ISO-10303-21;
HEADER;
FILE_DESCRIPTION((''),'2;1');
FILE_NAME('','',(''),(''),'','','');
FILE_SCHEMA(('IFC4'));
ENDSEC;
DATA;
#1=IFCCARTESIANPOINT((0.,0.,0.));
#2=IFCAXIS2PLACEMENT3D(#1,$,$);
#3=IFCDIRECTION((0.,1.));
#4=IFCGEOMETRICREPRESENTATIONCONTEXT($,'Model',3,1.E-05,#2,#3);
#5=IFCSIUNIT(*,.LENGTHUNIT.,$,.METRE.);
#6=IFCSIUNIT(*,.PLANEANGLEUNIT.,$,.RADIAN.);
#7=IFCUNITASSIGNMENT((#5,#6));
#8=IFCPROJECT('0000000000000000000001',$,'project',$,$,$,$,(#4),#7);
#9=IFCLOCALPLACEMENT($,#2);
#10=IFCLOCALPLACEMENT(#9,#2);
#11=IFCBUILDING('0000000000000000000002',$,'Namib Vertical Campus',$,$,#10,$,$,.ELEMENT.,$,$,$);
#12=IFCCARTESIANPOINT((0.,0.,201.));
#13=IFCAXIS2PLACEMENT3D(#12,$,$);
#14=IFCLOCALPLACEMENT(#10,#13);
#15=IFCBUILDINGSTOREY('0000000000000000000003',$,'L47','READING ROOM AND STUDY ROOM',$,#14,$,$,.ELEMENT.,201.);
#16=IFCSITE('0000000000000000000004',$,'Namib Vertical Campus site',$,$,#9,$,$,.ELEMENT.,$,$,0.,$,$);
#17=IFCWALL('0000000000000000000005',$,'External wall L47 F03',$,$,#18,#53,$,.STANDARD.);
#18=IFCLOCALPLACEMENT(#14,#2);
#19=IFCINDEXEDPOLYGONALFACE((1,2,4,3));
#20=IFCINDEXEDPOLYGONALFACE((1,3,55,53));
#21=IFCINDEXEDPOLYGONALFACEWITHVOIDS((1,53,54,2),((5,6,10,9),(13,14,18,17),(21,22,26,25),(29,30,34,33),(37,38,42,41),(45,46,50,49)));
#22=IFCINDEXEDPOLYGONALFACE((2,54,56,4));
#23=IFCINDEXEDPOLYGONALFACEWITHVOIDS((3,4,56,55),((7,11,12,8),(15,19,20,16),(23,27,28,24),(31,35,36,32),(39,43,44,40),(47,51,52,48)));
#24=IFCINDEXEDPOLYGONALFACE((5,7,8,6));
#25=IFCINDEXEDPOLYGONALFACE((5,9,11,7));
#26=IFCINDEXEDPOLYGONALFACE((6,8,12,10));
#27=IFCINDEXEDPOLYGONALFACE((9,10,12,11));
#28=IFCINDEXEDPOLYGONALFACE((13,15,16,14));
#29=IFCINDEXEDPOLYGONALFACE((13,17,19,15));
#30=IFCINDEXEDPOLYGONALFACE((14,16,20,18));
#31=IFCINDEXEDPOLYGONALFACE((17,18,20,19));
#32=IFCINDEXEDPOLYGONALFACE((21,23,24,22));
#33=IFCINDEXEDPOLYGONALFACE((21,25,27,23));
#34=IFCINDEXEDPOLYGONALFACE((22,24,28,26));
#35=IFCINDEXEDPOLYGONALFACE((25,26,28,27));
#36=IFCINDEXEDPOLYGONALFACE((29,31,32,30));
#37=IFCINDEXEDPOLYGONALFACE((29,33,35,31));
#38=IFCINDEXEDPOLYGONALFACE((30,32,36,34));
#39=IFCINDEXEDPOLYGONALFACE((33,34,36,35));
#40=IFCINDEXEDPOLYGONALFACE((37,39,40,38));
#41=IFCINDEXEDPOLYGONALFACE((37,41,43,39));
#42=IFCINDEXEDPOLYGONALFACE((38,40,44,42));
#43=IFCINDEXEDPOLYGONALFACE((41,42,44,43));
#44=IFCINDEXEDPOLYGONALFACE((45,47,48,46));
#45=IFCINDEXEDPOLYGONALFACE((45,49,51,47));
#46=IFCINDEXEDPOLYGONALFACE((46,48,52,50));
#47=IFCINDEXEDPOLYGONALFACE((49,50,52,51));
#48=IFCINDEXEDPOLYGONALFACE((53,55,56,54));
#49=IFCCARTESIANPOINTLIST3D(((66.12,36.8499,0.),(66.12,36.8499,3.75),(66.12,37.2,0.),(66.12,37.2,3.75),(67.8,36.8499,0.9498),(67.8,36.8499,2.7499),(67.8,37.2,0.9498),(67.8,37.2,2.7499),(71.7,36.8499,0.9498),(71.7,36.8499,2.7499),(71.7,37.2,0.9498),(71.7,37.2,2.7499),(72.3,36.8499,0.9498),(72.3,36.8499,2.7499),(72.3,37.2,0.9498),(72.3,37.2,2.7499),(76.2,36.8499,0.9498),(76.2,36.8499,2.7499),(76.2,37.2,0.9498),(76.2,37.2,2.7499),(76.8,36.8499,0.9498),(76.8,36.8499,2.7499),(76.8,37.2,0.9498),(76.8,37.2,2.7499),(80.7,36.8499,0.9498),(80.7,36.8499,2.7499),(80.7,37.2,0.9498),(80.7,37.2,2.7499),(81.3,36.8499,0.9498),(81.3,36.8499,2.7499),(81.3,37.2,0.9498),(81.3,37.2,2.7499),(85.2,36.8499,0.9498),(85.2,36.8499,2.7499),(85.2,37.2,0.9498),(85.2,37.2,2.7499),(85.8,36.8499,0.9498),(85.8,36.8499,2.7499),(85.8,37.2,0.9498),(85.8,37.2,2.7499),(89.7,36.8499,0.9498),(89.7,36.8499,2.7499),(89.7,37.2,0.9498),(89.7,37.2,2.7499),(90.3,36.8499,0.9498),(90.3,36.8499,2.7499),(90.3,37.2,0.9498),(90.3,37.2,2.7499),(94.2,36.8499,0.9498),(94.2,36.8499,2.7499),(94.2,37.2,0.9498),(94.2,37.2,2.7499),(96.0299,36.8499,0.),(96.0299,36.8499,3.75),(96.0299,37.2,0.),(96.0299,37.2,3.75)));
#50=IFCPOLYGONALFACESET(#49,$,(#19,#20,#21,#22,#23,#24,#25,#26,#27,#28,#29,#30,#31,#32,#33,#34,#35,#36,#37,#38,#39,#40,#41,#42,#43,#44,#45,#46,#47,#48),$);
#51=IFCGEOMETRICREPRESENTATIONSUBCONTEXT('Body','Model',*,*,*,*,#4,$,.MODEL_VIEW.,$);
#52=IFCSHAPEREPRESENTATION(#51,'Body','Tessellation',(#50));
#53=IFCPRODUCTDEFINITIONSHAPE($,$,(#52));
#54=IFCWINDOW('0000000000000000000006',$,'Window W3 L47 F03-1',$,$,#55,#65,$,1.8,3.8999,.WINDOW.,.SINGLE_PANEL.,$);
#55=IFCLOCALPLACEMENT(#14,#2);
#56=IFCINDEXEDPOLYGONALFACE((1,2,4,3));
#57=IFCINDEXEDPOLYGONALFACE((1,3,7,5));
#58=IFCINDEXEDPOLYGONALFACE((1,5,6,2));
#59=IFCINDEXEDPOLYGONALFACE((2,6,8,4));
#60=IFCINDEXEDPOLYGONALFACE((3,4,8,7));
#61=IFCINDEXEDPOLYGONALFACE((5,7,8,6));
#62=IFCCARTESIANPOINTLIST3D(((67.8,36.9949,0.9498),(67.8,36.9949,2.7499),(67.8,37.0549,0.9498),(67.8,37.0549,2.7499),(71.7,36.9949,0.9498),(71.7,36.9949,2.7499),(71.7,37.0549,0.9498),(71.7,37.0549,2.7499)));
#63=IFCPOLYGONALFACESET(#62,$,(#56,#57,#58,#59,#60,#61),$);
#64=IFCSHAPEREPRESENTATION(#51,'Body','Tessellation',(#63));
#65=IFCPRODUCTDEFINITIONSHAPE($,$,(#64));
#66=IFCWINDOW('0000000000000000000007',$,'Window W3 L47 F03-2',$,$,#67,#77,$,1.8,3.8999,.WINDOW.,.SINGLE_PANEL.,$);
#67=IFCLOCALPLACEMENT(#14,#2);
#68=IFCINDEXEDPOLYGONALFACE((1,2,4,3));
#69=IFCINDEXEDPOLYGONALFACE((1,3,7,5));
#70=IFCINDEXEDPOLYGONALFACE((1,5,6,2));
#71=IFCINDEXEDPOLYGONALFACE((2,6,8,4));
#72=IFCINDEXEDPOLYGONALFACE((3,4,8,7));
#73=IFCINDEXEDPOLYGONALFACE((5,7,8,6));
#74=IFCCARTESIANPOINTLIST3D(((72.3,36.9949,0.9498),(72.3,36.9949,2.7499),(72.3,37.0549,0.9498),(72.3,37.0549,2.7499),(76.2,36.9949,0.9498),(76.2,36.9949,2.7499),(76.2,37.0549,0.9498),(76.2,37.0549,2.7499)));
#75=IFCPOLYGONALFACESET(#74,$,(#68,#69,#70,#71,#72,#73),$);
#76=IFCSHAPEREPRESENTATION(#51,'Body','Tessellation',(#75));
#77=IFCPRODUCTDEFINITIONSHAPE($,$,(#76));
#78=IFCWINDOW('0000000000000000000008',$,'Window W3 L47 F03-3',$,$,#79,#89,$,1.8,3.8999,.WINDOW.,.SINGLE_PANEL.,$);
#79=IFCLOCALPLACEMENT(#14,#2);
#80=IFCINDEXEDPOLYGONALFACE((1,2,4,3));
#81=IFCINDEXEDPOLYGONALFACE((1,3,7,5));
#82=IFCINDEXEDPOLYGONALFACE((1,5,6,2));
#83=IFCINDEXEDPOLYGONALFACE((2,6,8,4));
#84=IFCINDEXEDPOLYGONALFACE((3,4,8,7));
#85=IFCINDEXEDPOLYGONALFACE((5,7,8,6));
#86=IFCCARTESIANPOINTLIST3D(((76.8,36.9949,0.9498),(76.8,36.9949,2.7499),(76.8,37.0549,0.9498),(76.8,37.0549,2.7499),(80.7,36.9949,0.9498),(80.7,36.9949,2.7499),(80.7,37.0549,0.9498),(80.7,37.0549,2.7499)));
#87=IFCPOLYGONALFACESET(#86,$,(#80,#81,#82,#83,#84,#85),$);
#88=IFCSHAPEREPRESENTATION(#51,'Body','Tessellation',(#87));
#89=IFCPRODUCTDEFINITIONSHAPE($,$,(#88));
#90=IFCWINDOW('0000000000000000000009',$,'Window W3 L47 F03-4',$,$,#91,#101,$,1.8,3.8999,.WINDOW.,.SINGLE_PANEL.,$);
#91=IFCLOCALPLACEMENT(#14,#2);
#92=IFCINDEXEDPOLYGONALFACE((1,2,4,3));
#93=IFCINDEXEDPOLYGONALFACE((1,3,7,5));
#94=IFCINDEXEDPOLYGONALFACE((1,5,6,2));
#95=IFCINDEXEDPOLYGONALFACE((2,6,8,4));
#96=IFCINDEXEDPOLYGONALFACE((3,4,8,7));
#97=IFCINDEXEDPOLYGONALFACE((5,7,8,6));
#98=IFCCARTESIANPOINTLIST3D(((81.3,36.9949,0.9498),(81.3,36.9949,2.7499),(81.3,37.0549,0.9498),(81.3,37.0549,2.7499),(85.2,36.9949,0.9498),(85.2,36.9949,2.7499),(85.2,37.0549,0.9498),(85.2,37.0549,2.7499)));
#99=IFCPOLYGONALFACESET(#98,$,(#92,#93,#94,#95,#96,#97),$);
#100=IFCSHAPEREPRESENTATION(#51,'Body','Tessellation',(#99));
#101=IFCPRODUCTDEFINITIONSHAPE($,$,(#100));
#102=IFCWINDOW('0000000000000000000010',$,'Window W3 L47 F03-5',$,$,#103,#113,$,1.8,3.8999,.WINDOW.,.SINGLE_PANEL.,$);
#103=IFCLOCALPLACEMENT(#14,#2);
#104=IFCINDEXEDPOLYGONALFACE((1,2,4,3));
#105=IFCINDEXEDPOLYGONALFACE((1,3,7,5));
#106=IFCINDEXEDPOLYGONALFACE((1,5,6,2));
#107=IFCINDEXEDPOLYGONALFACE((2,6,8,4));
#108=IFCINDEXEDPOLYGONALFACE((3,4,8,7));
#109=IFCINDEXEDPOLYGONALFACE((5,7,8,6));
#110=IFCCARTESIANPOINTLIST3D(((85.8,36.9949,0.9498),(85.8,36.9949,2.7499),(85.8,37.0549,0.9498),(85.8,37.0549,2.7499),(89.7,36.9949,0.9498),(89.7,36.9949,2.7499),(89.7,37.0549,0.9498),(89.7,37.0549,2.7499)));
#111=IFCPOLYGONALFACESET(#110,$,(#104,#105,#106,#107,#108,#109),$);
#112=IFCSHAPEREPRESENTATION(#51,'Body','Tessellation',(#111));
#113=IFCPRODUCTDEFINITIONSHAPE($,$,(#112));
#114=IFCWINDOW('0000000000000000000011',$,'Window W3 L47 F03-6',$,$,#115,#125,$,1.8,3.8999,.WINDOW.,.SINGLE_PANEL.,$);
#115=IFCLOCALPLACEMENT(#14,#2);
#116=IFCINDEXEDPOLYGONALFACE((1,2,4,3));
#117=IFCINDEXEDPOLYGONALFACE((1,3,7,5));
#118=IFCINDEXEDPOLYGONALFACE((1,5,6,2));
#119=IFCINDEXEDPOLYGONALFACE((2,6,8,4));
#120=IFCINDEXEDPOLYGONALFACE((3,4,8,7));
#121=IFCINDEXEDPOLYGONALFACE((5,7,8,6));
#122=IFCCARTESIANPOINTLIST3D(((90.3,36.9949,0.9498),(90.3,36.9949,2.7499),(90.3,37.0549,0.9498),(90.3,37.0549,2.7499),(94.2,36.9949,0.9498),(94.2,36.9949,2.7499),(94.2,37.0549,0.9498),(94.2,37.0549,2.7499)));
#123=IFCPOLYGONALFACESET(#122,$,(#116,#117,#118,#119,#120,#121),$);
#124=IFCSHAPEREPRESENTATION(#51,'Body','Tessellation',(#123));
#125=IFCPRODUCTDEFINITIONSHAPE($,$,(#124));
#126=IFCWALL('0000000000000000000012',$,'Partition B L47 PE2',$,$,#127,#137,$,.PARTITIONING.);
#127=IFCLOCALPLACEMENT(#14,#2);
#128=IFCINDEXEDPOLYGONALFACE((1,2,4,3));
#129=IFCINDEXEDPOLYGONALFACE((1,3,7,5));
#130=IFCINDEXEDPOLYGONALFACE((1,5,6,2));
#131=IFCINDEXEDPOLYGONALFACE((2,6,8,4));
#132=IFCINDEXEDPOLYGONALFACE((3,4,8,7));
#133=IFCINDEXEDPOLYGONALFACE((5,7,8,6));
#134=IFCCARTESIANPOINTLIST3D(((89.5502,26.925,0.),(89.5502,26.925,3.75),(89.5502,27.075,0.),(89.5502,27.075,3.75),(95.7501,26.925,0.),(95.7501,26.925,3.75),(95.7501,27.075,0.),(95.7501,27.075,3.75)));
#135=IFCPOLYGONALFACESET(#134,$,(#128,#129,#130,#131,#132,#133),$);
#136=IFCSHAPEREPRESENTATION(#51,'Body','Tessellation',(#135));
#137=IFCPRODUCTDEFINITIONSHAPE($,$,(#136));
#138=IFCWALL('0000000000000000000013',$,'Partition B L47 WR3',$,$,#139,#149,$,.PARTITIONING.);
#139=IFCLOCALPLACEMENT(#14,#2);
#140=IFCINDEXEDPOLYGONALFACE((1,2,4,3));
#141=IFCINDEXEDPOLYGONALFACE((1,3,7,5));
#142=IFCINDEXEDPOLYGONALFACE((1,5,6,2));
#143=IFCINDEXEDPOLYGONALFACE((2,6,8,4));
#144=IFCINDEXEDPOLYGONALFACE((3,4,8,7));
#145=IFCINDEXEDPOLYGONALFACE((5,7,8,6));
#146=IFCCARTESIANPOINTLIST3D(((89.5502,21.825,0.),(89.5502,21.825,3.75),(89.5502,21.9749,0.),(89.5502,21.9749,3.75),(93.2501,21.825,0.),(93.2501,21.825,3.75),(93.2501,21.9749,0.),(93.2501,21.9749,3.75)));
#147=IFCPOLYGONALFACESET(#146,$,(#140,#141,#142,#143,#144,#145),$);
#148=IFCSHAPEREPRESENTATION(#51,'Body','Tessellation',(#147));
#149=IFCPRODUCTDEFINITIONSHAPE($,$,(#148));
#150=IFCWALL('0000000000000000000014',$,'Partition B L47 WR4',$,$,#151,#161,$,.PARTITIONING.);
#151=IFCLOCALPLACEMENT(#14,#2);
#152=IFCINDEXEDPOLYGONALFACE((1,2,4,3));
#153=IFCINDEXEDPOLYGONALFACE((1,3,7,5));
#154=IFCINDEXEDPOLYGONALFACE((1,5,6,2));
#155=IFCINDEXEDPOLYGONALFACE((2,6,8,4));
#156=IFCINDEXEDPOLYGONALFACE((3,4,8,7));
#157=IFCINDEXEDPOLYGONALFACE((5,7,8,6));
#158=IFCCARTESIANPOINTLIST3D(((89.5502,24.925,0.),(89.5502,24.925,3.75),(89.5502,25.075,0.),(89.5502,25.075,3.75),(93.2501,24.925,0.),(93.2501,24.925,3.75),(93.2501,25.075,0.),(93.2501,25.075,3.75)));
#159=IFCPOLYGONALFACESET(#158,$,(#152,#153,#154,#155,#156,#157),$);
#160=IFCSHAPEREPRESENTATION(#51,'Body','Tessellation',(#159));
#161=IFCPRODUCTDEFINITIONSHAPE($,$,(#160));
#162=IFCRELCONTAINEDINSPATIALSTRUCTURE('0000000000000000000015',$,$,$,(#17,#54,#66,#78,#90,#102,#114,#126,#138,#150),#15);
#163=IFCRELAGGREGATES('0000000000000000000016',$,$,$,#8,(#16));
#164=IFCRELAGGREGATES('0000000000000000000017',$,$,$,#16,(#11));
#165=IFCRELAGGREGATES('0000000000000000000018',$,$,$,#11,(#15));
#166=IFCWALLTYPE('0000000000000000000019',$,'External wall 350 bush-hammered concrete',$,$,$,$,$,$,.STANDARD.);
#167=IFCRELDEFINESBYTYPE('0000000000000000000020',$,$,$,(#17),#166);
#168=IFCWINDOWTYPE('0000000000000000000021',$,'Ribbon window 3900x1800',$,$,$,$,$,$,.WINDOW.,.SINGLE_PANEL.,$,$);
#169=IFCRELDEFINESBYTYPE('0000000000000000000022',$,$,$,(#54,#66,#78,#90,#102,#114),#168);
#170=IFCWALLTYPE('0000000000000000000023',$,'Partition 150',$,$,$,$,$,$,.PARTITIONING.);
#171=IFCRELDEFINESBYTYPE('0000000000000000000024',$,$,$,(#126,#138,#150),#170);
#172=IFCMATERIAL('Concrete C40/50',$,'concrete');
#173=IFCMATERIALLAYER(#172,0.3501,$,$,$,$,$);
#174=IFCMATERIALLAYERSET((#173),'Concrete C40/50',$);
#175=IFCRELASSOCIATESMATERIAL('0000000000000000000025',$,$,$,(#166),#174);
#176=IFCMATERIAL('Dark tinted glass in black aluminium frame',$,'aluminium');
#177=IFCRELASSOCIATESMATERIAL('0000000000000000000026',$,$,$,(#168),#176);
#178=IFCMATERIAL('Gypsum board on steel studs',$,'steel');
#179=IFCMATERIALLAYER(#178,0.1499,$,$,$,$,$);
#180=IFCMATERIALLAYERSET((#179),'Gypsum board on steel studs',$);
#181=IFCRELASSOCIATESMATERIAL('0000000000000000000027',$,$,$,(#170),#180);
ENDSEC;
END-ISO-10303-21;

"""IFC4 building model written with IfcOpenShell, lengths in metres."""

from ifc_helpers import new_model, si_unit, direction, frame, frame_2d, origin, place, context, subcontext, project, spatial, rectangle, extrude, material, layer, layer_set, type_object, element, fill, save


model = new_model("IFC4")

# Units and contexts
model_context = context("Model", 3, precision=1e-05, world=origin(), true_north=direction((0.0, 1.0)))
body_context = subcontext(model_context, "Body", "Model", "MODEL_VIEW")
ifc_project = project(units=[si_unit("LENGTHUNIT", "METRE"), si_unit("PLANEANGLEUNIT", "RADIAN")], contexts=[model_context])

# Site, building, storey
site_placement = place(None, origin())
site = spatial("IfcSite", under=ifc_project, at=site_placement, Name="Namib Vertical Campus site", CompositionType="ELEMENT", RefElevation=0.0)
building_placement = place(site_placement, origin())
building = spatial("IfcBuilding", under=site, at=building_placement, Name="Namib Vertical Campus", CompositionType="ELEMENT")
storey_placement = place(building_placement, frame((0.0, 0.0, 201.0)))
storey = spatial("IfcBuildingStorey", under=building, at=storey_placement, Name="L47", Description="READING ROOM AND STUDY ROOM", CompositionType="ELEMENT", Elevation=201.0)

# Wall, openings, windows
ifc_material_1 = material(Name="Concrete C40/50", Category="concrete")
ifc_layer_1 = layer(ifc_material_1, 0.3501)
ifc_layer_set_1 = layer_set([ifc_layer_1], Name="Concrete C40/50")
wall_type_1 = type_object("IfcWallType", Name="External wall 350 bush-hammered concrete", PredefinedType="STANDARD", material=ifc_layer_set_1)
wall_1_placement = place(storey_placement, frame((96.03, 37.0249, 0.0), z_axis=(0.0, 0.0, 1.0), x_axis=(-1.0, 0.0, 0.0)))
wall_1 = element("IfcWall", 1, at=wall_1_placement, inside=storey, type_object=wall_type_1, Name="External wall L47 F03", PredefinedType="STANDARD", context=body_context, shape_type="SweptSolid", body=[
    extrude(rectangle(XDim=29.9099, YDim=0.3501, at=frame_2d((14.9551, 0.0))), origin(), (0.0, 0.0, 1.0), 3.75),
])
opening_1_placement = place(wall_1_placement, frame((24.3301, 0.0, 0.95)))
opening_1 = element("IfcOpeningElement", 2, at=opening_1_placement, cuts=wall_1, PredefinedType="OPENING", context=body_context, shape_type="SweptSolid", body=[
    extrude(rectangle(XDim=3.8999, YDim=1.8, at=frame_2d((1.95, 0.8999))), frame((0.0, 0.1851, 0.0), z_axis=(0.0, -1.0, 0.0), x_axis=(1.0, 0.0, 0.0)), (0.0, 0.0, 1.0), 0.3701),
])
opening_2_placement = place(wall_1_placement, frame((19.8301, 0.0, 0.95)))
opening_2 = element("IfcOpeningElement", 3, at=opening_2_placement, cuts=wall_1, PredefinedType="OPENING", context=body_context, shape_type="SweptSolid", body=[
    extrude(rectangle(XDim=3.8999, YDim=1.8, at=frame_2d((1.95, 0.8999))), frame((0.0, 0.1851, 0.0), z_axis=(0.0, -1.0, 0.0), x_axis=(1.0, 0.0, 0.0)), (0.0, 0.0, 1.0), 0.3701),
])
opening_3_placement = place(wall_1_placement, frame((15.3301, 0.0, 0.95)))
opening_3 = element("IfcOpeningElement", 4, at=opening_3_placement, cuts=wall_1, PredefinedType="OPENING", context=body_context, shape_type="SweptSolid", body=[
    extrude(rectangle(XDim=3.8999, YDim=1.8, at=frame_2d((1.95, 0.8999))), frame((0.0, 0.1851, 0.0), z_axis=(0.0, -1.0, 0.0), x_axis=(1.0, 0.0, 0.0)), (0.0, 0.0, 1.0), 0.3701),
])
opening_4_placement = place(wall_1_placement, frame((10.8301, 0.0, 0.95)))
opening_4 = element("IfcOpeningElement", 5, at=opening_4_placement, cuts=wall_1, PredefinedType="OPENING", context=body_context, shape_type="SweptSolid", body=[
    extrude(rectangle(XDim=3.8999, YDim=1.8, at=frame_2d((1.95, 0.8999))), frame((0.0, 0.1851, 0.0), z_axis=(0.0, -1.0, 0.0), x_axis=(1.0, 0.0, 0.0)), (0.0, 0.0, 1.0), 0.3701),
])
opening_5_placement = place(wall_1_placement, frame((6.3301, 0.0, 0.95)))
opening_5 = element("IfcOpeningElement", 6, at=opening_5_placement, cuts=wall_1, PredefinedType="OPENING", context=body_context, shape_type="SweptSolid", body=[
    extrude(rectangle(XDim=3.8999, YDim=1.8, at=frame_2d((1.95, 0.8999))), frame((0.0, 0.1851, 0.0), z_axis=(0.0, -1.0, 0.0), x_axis=(1.0, 0.0, 0.0)), (0.0, 0.0, 1.0), 0.3701),
])
opening_6_placement = place(wall_1_placement, frame((1.8301, 0.0, 0.95)))
opening_6 = element("IfcOpeningElement", 7, at=opening_6_placement, cuts=wall_1, PredefinedType="OPENING", context=body_context, shape_type="SweptSolid", body=[
    extrude(rectangle(XDim=3.8999, YDim=1.8, at=frame_2d((1.95, 0.8999))), frame((0.0, 0.1851, 0.0), z_axis=(0.0, -1.0, 0.0), x_axis=(1.0, 0.0, 0.0)), (0.0, 0.0, 1.0), 0.3701),
])
ifc_material_2 = material(Name="Dark tinted glass in black aluminium frame", Category="aluminium")
window_type = type_object("IfcWindowType", Name="Ribbon window 3900x1800", PartitioningType="SINGLE_PANEL", PredefinedType="WINDOW", material=ifc_material_2)
window_1_placement = place(opening_1_placement, origin())
window_1 = element("IfcWindow", 8, at=window_1_placement, inside=storey, type_object=window_type, Name="Window W3 L47 F03-1", OverallHeight=1.8, OverallWidth=3.8999, PartitioningType="SINGLE_PANEL", PredefinedType="WINDOW", context=body_context, shape_type="SweptSolid", body=[
    extrude(rectangle(XDim=3.8999, YDim=1.8, at=frame_2d((1.95, 0.8999))), frame((0.0, 0.03, 0.0), z_axis=(0.0, -1.0, 0.0), x_axis=(1.0, 0.0, 0.0)), (0.0, 0.0, 1.0), 0.0601),
])
fill(opening_1, window_1)
window_2_placement = place(opening_2_placement, origin())
window_2 = element("IfcWindow", 9, at=window_2_placement, inside=storey, type_object=window_type, Name="Window W3 L47 F03-2", OverallHeight=1.8, OverallWidth=3.8999, PartitioningType="SINGLE_PANEL", PredefinedType="WINDOW", context=body_context, shape_type="SweptSolid", body=[
    extrude(rectangle(XDim=3.8999, YDim=1.8, at=frame_2d((1.95, 0.8999))), frame((0.0, 0.03, 0.0), z_axis=(0.0, -1.0, 0.0), x_axis=(1.0, 0.0, 0.0)), (0.0, 0.0, 1.0), 0.0601),
])
fill(opening_2, window_2)
window_3_placement = place(opening_3_placement, origin())
window_3 = element("IfcWindow", 10, at=window_3_placement, inside=storey, type_object=window_type, Name="Window W3 L47 F03-3", OverallHeight=1.8, OverallWidth=3.8999, PartitioningType="SINGLE_PANEL", PredefinedType="WINDOW", context=body_context, shape_type="SweptSolid", body=[
    extrude(rectangle(XDim=3.8999, YDim=1.8, at=frame_2d((1.95, 0.8999))), frame((0.0, 0.03, 0.0), z_axis=(0.0, -1.0, 0.0), x_axis=(1.0, 0.0, 0.0)), (0.0, 0.0, 1.0), 0.0601),
])
fill(opening_3, window_3)
window_4_placement = place(opening_4_placement, origin())
window_4 = element("IfcWindow", 11, at=window_4_placement, inside=storey, type_object=window_type, Name="Window W3 L47 F03-4", OverallHeight=1.8, OverallWidth=3.8999, PartitioningType="SINGLE_PANEL", PredefinedType="WINDOW", context=body_context, shape_type="SweptSolid", body=[
    extrude(rectangle(XDim=3.8999, YDim=1.8, at=frame_2d((1.95, 0.8999))), frame((0.0, 0.03, 0.0), z_axis=(0.0, -1.0, 0.0), x_axis=(1.0, 0.0, 0.0)), (0.0, 0.0, 1.0), 0.0601),
])
fill(opening_4, window_4)
window_5_placement = place(opening_5_placement, origin())
window_5 = element("IfcWindow", 12, at=window_5_placement, inside=storey, type_object=window_type, Name="Window W3 L47 F03-5", OverallHeight=1.8, OverallWidth=3.8999, PartitioningType="SINGLE_PANEL", PredefinedType="WINDOW", context=body_context, shape_type="SweptSolid", body=[
    extrude(rectangle(XDim=3.8999, YDim=1.8, at=frame_2d((1.95, 0.8999))), frame((0.0, 0.03, 0.0), z_axis=(0.0, -1.0, 0.0), x_axis=(1.0, 0.0, 0.0)), (0.0, 0.0, 1.0), 0.0601),
])
fill(opening_5, window_5)
window_6_placement = place(opening_6_placement, origin())
window_6 = element("IfcWindow", 13, at=window_6_placement, inside=storey, type_object=window_type, Name="Window W3 L47 F03-6", OverallHeight=1.8, OverallWidth=3.8999, PartitioningType="SINGLE_PANEL", PredefinedType="WINDOW", context=body_context, shape_type="SweptSolid", body=[
    extrude(rectangle(XDim=3.8999, YDim=1.8, at=frame_2d((1.95, 0.8999))), frame((0.0, 0.03, 0.0), z_axis=(0.0, -1.0, 0.0), x_axis=(1.0, 0.0, 0.0)), (0.0, 0.0, 1.0), 0.0601),
])
fill(opening_6, window_6)

# Walls
ifc_material_3 = material(Name="Gypsum board on steel studs", Category="steel")
ifc_layer_2 = layer(ifc_material_3, 0.1499)
ifc_layer_set_2 = layer_set([ifc_layer_2], Name="Gypsum board on steel studs")
wall_type_2 = type_object("IfcWallType", Name="Partition 150", PredefinedType="PARTITIONING", material=ifc_layer_set_2)
wall_2_placement = place(storey_placement, frame((89.55, 27.0, 0.0), z_axis=(0.0, 0.0, 1.0), x_axis=(1.0, 0.0, 0.0)))
element("IfcWall", 14, at=wall_2_placement, inside=storey, type_object=wall_type_2, Name="Partition B L47 PE2", PredefinedType="PARTITIONING", context=body_context, shape_type="SweptSolid", body=[
    extrude(rectangle(XDim=6.2, YDim=0.1499, at=frame_2d((3.1001, 0.0))), origin(), (0.0, 0.0, 1.0), 3.75),
])
for number, where, z_axis, x_axis, name in (
    (15, (89.55, 21.8999, 0.0), (0.0, 0.0, 1.0), (1.0, 0.0, 0.0), "Partition B L47 WR3"),
    (16, (89.55, 25.0, 0.0), (0.0, 0.0, 1.0), (1.0, 0.0, 0.0), "Partition B L47 WR4"),
):
    element("IfcWall", number, at=place(storey_placement, frame(where, z_axis=z_axis, x_axis=x_axis)), inside=storey, type_object=wall_type_2, Name=name, PredefinedType="PARTITIONING", context=body_context, shape_type="SweptSolid", body=[
        extrude(rectangle(XDim=3.7, YDim=0.1499, at=frame_2d((1.8501, 0.0))), origin(), (0.0, 0.0, 1.0), 3.75),
    ])

save(model, "model.ifc")
